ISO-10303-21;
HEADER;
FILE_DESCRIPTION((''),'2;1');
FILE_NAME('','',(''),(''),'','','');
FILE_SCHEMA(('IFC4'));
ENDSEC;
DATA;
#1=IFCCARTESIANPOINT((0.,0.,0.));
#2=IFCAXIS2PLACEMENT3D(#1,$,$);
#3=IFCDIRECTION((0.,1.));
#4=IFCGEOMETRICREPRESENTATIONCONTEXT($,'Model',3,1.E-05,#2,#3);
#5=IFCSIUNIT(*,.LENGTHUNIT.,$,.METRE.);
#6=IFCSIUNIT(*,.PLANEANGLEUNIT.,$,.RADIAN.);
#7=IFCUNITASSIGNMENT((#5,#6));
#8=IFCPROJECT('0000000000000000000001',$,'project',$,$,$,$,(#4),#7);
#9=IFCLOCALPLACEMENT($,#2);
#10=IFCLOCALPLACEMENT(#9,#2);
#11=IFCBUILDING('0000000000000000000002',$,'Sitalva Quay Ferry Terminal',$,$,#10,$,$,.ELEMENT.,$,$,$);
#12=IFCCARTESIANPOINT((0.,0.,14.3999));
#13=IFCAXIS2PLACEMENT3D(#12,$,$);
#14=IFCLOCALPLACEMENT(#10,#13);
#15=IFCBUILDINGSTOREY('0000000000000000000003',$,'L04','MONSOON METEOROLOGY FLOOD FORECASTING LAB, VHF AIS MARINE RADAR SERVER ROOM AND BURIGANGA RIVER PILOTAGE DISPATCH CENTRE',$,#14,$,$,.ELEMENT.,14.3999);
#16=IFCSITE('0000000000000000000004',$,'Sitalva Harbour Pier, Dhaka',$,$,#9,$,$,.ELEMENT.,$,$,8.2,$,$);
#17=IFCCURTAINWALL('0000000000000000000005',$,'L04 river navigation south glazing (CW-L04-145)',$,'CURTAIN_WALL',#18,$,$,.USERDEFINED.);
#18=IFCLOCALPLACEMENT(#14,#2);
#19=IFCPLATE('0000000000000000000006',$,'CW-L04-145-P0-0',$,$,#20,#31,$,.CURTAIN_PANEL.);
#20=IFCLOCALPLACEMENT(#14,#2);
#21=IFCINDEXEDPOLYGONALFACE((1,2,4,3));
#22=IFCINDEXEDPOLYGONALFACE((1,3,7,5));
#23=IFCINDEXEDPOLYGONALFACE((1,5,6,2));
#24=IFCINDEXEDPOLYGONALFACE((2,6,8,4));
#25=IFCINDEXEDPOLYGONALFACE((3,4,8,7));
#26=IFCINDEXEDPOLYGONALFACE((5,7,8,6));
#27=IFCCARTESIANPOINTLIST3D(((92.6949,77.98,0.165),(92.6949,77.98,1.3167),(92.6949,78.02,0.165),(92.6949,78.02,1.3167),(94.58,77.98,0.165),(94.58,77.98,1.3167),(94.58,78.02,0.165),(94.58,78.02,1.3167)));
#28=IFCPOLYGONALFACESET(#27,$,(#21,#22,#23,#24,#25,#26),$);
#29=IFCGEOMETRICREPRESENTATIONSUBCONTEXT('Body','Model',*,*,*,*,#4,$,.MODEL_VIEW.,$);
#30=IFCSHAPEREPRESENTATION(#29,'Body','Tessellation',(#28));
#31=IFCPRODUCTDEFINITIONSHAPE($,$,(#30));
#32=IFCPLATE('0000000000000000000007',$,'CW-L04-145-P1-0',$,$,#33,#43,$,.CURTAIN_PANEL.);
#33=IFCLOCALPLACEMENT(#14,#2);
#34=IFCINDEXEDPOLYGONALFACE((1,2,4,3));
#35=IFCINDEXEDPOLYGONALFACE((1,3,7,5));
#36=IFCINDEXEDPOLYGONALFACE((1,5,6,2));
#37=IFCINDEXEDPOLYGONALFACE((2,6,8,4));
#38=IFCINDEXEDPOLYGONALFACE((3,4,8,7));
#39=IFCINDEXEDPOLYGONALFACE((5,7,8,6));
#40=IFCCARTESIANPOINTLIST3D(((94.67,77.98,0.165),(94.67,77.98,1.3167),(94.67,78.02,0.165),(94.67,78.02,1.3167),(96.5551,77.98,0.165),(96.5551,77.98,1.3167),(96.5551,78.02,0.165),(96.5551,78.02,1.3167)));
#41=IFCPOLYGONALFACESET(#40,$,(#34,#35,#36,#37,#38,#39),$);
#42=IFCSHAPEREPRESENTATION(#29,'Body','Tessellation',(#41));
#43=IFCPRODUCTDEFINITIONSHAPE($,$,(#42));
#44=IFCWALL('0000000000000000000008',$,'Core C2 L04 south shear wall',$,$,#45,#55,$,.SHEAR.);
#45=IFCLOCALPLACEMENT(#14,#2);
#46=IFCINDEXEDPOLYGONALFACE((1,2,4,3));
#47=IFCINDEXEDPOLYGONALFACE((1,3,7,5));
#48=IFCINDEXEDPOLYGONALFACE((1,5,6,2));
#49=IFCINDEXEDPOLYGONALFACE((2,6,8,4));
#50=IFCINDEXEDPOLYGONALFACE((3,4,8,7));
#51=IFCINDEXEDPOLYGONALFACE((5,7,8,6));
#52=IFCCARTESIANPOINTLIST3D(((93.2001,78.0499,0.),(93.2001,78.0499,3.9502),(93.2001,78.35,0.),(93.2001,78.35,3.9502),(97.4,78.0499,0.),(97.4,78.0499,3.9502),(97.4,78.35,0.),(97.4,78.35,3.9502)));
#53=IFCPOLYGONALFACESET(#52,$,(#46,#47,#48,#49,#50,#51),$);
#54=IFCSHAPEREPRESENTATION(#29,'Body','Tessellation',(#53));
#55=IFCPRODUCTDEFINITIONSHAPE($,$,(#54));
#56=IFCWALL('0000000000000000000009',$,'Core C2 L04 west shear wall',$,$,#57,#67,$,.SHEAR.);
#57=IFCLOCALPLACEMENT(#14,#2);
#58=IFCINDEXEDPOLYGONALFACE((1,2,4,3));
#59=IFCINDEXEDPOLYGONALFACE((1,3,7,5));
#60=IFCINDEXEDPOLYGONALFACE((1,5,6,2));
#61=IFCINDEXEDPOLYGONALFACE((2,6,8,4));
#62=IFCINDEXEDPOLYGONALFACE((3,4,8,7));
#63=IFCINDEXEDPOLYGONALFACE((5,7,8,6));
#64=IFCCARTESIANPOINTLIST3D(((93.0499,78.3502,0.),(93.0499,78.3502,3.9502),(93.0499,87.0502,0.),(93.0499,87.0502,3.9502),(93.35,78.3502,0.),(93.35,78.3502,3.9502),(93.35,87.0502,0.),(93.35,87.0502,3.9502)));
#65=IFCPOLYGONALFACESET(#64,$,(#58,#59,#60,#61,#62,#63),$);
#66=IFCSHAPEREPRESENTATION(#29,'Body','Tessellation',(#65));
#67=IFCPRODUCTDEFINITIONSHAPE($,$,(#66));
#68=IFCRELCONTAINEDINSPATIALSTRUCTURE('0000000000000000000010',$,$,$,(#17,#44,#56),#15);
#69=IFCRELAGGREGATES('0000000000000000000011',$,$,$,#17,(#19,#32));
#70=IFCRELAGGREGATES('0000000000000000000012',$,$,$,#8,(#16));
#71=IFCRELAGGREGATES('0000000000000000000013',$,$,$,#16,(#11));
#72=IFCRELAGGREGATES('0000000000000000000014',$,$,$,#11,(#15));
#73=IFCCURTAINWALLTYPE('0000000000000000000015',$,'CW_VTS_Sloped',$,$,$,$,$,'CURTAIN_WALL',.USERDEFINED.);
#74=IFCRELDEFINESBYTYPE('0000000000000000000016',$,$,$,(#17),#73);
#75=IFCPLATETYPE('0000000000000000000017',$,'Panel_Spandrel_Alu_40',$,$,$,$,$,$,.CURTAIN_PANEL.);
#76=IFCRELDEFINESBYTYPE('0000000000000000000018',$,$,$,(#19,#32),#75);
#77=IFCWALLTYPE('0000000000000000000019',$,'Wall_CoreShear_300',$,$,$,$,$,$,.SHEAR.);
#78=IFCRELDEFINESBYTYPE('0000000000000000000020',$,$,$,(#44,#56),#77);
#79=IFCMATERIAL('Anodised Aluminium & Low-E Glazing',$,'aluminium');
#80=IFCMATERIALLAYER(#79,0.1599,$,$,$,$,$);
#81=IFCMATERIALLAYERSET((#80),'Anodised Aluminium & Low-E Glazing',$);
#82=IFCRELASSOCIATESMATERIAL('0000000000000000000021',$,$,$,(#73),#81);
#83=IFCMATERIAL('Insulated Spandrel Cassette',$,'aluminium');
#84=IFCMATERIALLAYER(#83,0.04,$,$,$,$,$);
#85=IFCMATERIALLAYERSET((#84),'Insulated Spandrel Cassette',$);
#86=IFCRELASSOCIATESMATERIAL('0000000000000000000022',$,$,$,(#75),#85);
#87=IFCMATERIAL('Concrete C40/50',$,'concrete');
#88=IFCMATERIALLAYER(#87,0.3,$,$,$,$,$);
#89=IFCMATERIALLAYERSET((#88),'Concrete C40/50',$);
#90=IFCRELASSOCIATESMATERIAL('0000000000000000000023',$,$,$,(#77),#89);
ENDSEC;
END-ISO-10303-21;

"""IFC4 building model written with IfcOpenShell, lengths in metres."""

from ifc_helpers import new_model, si_unit, direction, frame, frame_2d, origin, origin_2d, place, context, subcontext, project, spatial, rectangle, extrude, material, layer, layer_set, type_object, element, aggregate, save


model = new_model("IFC4")

# Units and contexts
model_context = context("Model", 3, precision=1e-05, world=origin(), true_north=direction((0.0, 1.0)))
body_context = subcontext(model_context, "Body", "Model", "MODEL_VIEW")
ifc_project = project(units=[si_unit("LENGTHUNIT", "METRE"), si_unit("PLANEANGLEUNIT", "RADIAN")], contexts=[model_context])

# Site, building, storey
site_placement = place(None, origin())
site = spatial("IfcSite", under=ifc_project, at=site_placement, Name="Sitalva Harbour Pier, Dhaka", CompositionType="ELEMENT", RefElevation=8.2)
building_placement = place(site_placement, origin())
building = spatial("IfcBuilding", under=site, at=building_placement, Name="Sitalva Quay Ferry Terminal", CompositionType="ELEMENT")
storey_placement = place(building_placement, frame((0.0, 0.0, 14.3999)))
storey = spatial("IfcBuildingStorey", under=building, at=storey_placement, Name="L04", Description="MONSOON METEOROLOGY FLOOD FORECASTING LAB, VHF AIS MARINE RADAR SERVER ROOM AND BURIGANGA RIVER PILOTAGE DISPATCH CENTRE", CompositionType="ELEMENT", Elevation=14.3999)

# Curtain wall
ifc_material_1 = material(Name="Anodised Aluminium & Low-E Glazing", Category="aluminium")
ifc_layer_1 = layer(ifc_material_1, 0.1599)
ifc_layer_set_1 = layer_set([ifc_layer_1], Name="Anodised Aluminium & Low-E Glazing")
curtain_wall_type = type_object("IfcCurtainWallType", Name="CW_VTS_Sloped", ElementType="CURTAIN_WALL", PredefinedType="USERDEFINED", material=ifc_layer_set_1)
curtain_wall_placement = place(storey_placement, origin())
curtain_wall = element("IfcCurtainWall", 1, at=curtain_wall_placement, inside=storey, type_object=curtain_wall_type, Name="L04 river navigation south glazing (CW-L04-145)", ObjectType="CURTAIN_WALL", PredefinedType="USERDEFINED")

# Plates
ifc_material_2 = material(Name="Insulated Spandrel Cassette", Category="aluminium")
ifc_layer_2 = layer(ifc_material_2, 0.04)
ifc_layer_set_2 = layer_set([ifc_layer_2], Name="Insulated Spandrel Cassette")
plate_type_1 = type_object("IfcPlateType", Name="Panel_Spandrel_Alu_40", PredefinedType="CURTAIN_PANEL", material=ifc_layer_set_2)
plate_1_placement = place(storey_placement, frame((93.6375, 78.0, 0.165), z_axis=(0.0, 0.0, 1.0), x_axis=(1.0, 0.0, 0.0)))
plate_1 = element("IfcPlate", 2, at=plate_1_placement, type_object=plate_type_1, Name="CW-L04-145-P0-0", PredefinedType="CURTAIN_PANEL", context=body_context, shape_type="SweptSolid", body=[
    extrude(rectangle(XDim=1.885, YDim=0.04, at=origin_2d()), origin(), (0.0, 0.0, 1.0), 1.1516),
])
plate_2_placement = place(storey_placement, frame((95.6125, 78.0, 0.165), z_axis=(0.0, 0.0, 1.0), x_axis=(1.0, 0.0, 0.0)))
plate_2 = element("IfcPlate", 3, at=plate_2_placement, type_object=plate_type_1, Name="CW-L04-145-P1-0", PredefinedType="CURTAIN_PANEL", context=body_context, shape_type="SweptSolid", body=[
    extrude(rectangle(XDim=1.885, YDim=0.04, at=origin_2d()), origin(), (0.0, 0.0, 1.0), 1.1516),
])
aggregate(curtain_wall, [plate_1, plate_2])

# Walls
ifc_material_3 = material(Name="Concrete C40/50", Category="concrete")
ifc_layer_3 = layer(ifc_material_3, 0.3)
ifc_layer_set_3 = layer_set([ifc_layer_3], Name="Concrete C40/50")
wall_type = type_object("IfcWallType", Name="Wall_CoreShear_300", PredefinedType="SHEAR", material=ifc_layer_set_3)
wall_1_placement = place(storey_placement, frame((93.2, 78.2, 0.0), z_axis=(0.0, 0.0, 1.0), x_axis=(1.0, 0.0, 0.0)))
element("IfcWall", 4, at=wall_1_placement, inside=storey, type_object=wall_type, Name="Core C2 L04 south shear wall", PredefinedType="SHEAR", context=body_context, shape_type="SweptSolid", body=[
    extrude(rectangle(XDim=4.2, YDim=0.3, at=frame_2d((2.1001, 0.0))), origin(), (0.0, 0.0, 1.0), 3.9502),
])
wall_2_placement = place(storey_placement, frame((93.2, 78.3501, 0.0), z_axis=(0.0, 0.0, 1.0), x_axis=(0.0, 1.0, 0.0)))
element("IfcWall", 5, at=wall_2_placement, inside=storey, type_object=wall_type, Name="Core C2 L04 west shear wall", PredefinedType="SHEAR", context=body_context, shape_type="SweptSolid", body=[
    extrude(rectangle(XDim=8.7, YDim=0.3, at=frame_2d((4.3501, 0.0))), origin(), (0.0, 0.0, 1.0), 3.9502),
])

save(model, "model.ifc")
